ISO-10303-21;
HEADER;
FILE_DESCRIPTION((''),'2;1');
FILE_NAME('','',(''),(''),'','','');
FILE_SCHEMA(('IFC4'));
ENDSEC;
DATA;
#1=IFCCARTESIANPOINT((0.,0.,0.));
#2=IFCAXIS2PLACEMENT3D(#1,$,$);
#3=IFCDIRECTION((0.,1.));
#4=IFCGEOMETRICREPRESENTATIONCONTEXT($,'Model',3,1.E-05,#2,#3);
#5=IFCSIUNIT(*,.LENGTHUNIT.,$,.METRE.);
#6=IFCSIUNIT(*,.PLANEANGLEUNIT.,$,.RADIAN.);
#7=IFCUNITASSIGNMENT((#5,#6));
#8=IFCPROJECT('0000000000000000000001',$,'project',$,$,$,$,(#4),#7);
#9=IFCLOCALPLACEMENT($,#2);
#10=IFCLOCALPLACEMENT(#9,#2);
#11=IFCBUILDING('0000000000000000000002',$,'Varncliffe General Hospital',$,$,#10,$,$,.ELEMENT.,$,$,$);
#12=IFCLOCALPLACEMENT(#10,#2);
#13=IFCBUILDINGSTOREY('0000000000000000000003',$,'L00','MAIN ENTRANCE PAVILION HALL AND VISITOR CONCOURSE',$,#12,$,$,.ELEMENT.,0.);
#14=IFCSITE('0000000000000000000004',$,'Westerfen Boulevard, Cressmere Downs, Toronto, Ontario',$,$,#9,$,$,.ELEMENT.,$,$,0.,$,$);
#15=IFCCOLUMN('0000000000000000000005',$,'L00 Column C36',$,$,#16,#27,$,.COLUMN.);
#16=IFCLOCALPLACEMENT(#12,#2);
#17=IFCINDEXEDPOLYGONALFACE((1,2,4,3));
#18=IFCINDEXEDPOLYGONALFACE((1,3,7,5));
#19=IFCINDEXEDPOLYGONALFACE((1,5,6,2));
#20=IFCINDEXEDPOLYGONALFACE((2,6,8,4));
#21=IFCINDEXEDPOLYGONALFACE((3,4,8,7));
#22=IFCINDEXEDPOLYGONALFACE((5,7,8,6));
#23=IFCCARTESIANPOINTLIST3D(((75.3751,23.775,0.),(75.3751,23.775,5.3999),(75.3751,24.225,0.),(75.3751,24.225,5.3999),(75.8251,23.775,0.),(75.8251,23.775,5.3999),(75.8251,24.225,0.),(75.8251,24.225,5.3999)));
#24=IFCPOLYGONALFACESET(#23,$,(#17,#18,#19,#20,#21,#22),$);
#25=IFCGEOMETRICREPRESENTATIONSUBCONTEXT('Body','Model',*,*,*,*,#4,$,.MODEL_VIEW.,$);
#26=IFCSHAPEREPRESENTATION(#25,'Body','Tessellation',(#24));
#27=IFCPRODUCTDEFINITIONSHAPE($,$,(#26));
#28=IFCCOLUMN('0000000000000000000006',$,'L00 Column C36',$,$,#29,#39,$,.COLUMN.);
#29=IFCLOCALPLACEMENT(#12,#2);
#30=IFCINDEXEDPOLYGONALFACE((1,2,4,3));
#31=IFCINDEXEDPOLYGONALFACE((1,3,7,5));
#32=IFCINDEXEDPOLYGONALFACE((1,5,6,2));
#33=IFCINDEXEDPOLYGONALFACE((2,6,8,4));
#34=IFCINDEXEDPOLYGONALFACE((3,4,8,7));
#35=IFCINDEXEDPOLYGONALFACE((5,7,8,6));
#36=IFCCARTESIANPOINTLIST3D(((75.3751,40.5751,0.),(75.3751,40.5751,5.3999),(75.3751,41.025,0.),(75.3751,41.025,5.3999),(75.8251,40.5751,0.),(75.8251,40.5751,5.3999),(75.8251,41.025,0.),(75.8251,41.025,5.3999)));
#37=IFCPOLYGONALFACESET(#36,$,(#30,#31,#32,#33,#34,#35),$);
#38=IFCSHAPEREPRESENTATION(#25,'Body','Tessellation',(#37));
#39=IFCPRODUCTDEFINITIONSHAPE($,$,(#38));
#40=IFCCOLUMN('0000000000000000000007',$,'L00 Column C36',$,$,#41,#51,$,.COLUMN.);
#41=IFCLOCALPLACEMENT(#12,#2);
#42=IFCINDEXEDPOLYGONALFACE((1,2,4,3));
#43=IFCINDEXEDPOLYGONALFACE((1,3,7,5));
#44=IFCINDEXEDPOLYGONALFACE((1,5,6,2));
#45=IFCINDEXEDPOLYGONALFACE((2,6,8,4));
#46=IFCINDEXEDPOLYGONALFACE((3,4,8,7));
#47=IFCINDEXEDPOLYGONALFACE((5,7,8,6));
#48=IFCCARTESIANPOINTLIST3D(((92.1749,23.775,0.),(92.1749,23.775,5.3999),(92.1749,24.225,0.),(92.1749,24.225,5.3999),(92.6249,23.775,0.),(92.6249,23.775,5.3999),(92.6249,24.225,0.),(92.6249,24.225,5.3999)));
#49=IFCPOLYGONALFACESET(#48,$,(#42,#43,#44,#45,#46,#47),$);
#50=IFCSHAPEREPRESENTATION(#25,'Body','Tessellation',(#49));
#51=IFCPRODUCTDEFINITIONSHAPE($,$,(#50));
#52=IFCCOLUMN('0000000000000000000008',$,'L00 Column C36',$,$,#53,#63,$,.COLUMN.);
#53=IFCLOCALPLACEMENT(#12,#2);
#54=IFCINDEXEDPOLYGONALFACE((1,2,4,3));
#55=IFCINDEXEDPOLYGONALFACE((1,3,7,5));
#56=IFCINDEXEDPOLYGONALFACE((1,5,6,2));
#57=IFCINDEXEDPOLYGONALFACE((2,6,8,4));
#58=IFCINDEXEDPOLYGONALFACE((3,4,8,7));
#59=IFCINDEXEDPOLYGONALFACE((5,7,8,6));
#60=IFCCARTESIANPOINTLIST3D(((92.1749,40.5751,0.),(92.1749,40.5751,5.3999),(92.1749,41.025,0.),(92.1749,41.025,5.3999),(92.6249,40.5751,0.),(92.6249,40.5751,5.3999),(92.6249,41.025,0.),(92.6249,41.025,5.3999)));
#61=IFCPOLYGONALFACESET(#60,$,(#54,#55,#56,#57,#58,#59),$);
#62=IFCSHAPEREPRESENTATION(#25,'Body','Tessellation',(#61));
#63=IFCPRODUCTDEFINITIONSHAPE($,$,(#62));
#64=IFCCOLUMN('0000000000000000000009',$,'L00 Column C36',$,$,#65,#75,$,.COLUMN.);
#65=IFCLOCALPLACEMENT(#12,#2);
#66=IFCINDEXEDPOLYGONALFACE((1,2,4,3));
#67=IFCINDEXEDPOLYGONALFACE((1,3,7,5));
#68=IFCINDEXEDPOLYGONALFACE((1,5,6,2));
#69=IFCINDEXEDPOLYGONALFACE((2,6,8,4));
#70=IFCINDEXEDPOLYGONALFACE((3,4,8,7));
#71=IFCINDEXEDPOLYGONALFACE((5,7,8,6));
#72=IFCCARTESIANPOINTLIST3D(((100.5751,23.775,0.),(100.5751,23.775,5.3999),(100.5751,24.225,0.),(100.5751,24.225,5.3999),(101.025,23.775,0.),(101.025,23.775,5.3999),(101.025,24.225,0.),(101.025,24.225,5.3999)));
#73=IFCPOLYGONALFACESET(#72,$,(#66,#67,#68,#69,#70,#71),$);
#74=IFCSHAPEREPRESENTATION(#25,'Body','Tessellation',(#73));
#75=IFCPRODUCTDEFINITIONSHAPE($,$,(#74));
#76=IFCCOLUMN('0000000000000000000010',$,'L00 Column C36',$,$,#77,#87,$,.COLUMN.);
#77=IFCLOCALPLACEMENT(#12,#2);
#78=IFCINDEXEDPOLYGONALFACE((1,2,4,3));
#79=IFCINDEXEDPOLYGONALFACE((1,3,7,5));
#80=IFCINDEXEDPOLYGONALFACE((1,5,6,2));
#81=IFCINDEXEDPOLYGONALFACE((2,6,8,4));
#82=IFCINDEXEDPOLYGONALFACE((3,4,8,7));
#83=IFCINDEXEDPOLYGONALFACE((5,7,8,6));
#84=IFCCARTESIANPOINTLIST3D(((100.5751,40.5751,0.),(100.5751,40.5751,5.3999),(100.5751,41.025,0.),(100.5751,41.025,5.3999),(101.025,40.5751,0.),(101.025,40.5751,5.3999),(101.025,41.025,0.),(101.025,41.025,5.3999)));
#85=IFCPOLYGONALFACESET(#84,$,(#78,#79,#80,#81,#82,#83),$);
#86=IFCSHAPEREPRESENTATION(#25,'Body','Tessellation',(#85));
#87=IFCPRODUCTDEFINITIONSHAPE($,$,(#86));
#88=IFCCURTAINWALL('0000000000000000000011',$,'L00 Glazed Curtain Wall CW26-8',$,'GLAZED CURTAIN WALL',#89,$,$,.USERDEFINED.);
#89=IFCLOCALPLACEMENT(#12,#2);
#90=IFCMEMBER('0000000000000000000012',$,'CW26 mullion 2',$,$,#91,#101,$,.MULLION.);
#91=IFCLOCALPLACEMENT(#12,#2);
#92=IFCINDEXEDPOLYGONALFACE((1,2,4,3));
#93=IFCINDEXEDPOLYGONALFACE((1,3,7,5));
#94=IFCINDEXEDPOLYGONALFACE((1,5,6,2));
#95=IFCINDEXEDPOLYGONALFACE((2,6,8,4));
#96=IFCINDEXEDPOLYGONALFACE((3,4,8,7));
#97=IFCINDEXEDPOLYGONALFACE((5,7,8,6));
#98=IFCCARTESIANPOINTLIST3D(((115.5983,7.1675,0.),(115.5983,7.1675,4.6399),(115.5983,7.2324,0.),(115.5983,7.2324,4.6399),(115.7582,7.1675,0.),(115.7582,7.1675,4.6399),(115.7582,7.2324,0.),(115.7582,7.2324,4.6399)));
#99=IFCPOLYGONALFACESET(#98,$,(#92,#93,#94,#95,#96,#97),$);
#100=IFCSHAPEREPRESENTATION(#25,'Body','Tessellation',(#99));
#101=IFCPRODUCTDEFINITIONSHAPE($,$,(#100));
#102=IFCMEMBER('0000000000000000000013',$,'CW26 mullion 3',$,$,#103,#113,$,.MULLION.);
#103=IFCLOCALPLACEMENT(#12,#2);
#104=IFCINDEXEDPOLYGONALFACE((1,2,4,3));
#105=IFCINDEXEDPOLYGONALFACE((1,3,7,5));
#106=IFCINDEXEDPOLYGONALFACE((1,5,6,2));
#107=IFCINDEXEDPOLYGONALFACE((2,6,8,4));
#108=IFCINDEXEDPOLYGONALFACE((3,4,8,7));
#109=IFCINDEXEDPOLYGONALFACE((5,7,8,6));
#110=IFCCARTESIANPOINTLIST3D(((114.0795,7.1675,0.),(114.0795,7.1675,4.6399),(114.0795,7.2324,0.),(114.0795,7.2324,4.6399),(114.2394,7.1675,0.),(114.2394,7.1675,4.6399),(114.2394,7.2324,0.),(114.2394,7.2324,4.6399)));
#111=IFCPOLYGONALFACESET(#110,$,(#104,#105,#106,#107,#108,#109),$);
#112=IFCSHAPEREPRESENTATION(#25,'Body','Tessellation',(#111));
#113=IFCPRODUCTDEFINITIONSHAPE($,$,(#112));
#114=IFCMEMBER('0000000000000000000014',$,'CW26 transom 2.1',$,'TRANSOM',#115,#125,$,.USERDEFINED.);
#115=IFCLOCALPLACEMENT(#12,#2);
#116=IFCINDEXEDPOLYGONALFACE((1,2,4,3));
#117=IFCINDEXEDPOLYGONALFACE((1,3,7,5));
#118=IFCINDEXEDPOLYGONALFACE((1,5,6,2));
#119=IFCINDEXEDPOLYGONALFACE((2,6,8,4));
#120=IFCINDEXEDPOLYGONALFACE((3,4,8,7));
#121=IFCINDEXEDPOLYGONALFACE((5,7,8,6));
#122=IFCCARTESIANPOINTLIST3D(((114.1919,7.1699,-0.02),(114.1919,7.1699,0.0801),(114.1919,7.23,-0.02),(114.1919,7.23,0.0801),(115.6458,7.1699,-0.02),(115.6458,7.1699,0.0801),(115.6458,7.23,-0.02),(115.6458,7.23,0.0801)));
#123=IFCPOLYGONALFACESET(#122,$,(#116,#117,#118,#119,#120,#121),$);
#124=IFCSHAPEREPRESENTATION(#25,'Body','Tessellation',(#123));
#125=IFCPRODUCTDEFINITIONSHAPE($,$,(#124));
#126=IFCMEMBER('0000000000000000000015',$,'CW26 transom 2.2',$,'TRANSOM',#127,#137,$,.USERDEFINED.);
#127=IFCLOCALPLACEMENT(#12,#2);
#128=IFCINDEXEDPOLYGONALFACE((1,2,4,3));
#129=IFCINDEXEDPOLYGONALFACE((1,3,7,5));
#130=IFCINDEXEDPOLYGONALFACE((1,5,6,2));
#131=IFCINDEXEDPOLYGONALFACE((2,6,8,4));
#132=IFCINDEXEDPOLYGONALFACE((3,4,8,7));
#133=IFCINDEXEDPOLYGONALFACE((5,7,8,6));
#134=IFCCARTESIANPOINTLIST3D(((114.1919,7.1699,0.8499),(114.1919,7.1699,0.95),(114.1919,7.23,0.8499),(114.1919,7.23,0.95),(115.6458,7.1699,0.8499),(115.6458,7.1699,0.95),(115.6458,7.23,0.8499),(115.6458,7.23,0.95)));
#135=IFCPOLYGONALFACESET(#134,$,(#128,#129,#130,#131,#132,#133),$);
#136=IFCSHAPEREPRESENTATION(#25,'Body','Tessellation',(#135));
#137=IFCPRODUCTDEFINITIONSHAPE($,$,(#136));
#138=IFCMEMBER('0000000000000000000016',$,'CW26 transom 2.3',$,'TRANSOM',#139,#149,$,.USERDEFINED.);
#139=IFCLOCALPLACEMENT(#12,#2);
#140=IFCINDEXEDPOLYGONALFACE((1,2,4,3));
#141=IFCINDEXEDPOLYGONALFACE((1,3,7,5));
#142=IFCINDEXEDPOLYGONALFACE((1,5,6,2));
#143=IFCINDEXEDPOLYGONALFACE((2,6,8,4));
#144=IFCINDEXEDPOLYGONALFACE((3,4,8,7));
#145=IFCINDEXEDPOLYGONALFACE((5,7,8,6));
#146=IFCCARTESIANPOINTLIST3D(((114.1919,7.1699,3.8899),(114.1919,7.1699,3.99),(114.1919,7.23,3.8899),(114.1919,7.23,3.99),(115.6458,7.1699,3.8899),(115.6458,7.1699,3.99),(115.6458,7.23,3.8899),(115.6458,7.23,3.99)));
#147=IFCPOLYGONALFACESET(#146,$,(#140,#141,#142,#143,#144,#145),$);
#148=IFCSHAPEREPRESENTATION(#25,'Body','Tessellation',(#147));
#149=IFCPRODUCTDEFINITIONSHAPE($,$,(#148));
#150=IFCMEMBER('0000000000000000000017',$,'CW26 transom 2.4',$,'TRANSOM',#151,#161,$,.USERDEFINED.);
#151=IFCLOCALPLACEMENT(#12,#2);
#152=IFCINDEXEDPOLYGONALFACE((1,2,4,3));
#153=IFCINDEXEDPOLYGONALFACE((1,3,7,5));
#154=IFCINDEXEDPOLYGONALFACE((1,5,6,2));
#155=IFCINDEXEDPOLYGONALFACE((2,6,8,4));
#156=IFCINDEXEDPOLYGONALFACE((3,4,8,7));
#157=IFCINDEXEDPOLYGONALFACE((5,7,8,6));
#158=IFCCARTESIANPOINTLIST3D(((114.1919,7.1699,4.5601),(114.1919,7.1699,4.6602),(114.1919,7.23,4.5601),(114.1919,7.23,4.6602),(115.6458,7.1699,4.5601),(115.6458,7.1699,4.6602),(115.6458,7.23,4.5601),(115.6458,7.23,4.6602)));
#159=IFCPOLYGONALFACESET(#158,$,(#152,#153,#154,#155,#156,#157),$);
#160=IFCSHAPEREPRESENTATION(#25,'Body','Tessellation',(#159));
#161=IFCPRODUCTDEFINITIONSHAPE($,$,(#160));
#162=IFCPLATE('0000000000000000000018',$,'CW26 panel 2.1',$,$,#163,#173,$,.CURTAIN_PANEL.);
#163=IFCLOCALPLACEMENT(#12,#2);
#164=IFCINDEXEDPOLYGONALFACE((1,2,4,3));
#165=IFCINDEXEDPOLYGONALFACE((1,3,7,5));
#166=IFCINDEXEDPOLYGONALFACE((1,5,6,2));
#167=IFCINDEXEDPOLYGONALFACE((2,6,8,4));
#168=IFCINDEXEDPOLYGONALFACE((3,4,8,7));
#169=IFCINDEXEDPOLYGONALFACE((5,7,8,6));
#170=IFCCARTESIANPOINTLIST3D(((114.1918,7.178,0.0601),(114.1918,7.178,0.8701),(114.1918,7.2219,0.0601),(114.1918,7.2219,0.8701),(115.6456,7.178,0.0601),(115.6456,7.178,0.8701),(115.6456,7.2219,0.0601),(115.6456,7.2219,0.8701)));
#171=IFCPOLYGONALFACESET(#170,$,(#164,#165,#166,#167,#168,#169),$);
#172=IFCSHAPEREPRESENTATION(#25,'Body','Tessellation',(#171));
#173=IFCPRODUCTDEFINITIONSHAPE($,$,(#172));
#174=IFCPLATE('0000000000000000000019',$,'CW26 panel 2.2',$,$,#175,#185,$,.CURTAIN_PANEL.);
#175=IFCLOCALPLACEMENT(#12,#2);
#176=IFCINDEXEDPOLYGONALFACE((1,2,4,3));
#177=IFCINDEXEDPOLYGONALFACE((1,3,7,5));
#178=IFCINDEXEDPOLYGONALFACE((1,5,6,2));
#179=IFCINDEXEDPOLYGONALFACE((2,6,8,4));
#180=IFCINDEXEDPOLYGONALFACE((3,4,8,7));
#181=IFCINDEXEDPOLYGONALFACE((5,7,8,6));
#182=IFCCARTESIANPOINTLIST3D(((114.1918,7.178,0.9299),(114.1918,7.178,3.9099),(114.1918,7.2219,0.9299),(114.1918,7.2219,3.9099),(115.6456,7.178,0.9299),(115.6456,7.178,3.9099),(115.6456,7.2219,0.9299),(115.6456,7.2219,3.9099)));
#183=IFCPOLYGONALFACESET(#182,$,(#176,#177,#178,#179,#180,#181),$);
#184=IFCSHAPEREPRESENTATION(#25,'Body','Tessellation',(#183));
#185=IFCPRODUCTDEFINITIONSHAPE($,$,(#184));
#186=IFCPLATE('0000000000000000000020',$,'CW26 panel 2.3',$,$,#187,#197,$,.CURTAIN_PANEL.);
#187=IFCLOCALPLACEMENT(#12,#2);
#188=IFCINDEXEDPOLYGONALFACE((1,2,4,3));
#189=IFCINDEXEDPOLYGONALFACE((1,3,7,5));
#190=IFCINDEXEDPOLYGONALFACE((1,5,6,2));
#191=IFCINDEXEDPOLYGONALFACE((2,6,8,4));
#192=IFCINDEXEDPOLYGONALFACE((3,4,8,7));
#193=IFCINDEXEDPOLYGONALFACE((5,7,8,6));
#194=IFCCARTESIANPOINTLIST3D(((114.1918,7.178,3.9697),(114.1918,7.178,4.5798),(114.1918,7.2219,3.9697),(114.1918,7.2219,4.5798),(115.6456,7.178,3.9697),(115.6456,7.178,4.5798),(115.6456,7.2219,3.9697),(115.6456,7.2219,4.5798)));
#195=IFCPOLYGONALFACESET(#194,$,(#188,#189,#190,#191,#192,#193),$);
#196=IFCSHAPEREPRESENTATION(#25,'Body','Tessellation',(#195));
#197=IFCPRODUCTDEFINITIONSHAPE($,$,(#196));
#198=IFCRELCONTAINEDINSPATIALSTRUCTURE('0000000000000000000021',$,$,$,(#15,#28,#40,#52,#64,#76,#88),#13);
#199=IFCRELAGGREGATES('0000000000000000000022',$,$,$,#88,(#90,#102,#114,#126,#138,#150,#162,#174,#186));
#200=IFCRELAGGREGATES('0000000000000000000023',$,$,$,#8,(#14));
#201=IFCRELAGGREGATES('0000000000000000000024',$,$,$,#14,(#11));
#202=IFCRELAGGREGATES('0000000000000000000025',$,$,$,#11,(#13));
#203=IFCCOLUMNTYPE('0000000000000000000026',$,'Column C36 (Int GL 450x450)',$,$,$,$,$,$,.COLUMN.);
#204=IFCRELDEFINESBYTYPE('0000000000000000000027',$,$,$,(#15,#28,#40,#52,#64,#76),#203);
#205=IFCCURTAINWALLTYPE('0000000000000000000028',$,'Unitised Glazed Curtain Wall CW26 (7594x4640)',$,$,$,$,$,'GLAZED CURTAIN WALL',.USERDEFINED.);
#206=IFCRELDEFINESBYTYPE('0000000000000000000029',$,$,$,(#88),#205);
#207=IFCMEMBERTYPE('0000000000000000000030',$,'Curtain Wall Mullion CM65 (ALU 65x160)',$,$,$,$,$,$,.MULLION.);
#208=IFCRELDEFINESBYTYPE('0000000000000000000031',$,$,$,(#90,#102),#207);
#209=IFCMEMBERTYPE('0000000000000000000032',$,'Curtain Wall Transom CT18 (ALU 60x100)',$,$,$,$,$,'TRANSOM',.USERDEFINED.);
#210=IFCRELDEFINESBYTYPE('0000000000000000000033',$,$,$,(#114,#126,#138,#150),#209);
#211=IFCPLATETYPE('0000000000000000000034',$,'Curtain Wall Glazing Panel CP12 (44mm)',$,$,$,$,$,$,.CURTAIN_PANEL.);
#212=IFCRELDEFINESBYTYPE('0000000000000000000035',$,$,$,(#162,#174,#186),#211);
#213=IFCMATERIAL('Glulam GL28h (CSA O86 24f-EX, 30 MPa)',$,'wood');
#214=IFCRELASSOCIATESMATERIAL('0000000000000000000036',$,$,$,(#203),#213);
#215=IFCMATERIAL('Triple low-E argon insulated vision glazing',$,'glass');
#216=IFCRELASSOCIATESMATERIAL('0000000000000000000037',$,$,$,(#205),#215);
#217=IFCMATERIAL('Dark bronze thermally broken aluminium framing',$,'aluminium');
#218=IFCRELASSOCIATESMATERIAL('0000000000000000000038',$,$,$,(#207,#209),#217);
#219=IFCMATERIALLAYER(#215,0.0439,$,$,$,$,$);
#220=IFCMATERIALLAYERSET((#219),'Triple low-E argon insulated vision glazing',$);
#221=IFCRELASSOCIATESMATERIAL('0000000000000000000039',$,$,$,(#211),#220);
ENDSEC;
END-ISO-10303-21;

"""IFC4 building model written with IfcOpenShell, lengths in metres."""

from ifc_helpers import new_model, si_unit, direction, frame, origin, origin_2d, place, context, subcontext, project, spatial, rectangle, extrude, material, layer, layer_set, material_profile, profile_set, type_object, element, aggregate, save


model = new_model("IFC4")

# Units and contexts
model_context = context("Model", 3, precision=1e-05, world=origin(), true_north=direction((0.0, 1.0)))
body_context = subcontext(model_context, "Body", "Model", "MODEL_VIEW")
ifc_project = project(units=[si_unit("LENGTHUNIT", "METRE"), si_unit("PLANEANGLEUNIT", "RADIAN")], contexts=[model_context])

# Site, building, storey
site_placement = place(None, origin())
site = spatial("IfcSite", under=ifc_project, at=site_placement, Name="Westerfen Boulevard, Cressmere Downs, Toronto, Ontario", CompositionType="ELEMENT", RefElevation=0.0)
building_placement = place(site_placement, origin())
building = spatial("IfcBuilding", under=site, at=building_placement, Name="Varncliffe General Hospital", CompositionType="ELEMENT")
storey_placement = place(building_placement, origin())
storey = spatial("IfcBuildingStorey", under=building, at=storey_placement, Name="L00", Description="MAIN ENTRANCE PAVILION HALL AND VISITOR CONCOURSE", CompositionType="ELEMENT", Elevation=0.0)

# Columns
ifc_material_1 = material(Name="Glulam GL28h (CSA O86 24f-EX, 30 MPa)", Category="wood")
ifc_material_profile_1 = material_profile(ifc_material_1, rectangle(XDim=0.45, YDim=0.45, at=origin_2d()), Name="GL 450x450")
ifc_profile_set_1 = profile_set([ifc_material_profile_1], Name="Glulam GL28h (CSA O86 24f-EX, 30 MPa)")
column_type = type_object("IfcColumnType", Name="Column C36 (Int GL 450x450)", PredefinedType="COLUMN", material=ifc_profile_set_1)
for number, where, z_axis, x_axis, name in (
    (1, (75.6001, 24.0, 0.0), (0.0, 0.0, 1.0), (1.0, 0.0, 0.0), "L00 Column C36"),
    (2, (75.6001, 40.8, 0.0), (0.0, 0.0, 1.0), (1.0, 0.0, 0.0), "L00 Column C36"),
    (3, (92.3999, 24.0, 0.0), (0.0, 0.0, 1.0), (1.0, 0.0, 0.0), "L00 Column C36"),
    (4, (92.3999, 40.8, 0.0), (0.0, 0.0, 1.0), (1.0, 0.0, 0.0), "L00 Column C36"),
    (5, (100.8, 24.0, 0.0), (0.0, 0.0, 1.0), (1.0, 0.0, 0.0), "L00 Column C36"),
    (6, (100.8, 40.8, 0.0), (0.0, 0.0, 1.0), (1.0, 0.0, 0.0), "L00 Column C36"),
):
    element("IfcColumn", number, at=place(storey_placement, frame(where, z_axis=z_axis, x_axis=x_axis)), inside=storey, type_object=column_type, Name=name, PredefinedType="COLUMN", context=body_context, shape_type="SweptSolid", body=[
        extrude(rectangle(XDim=0.45, YDim=0.45, at=origin_2d()), origin(), (0.0, 0.0, 1.0), 5.3999),
    ])

# Curtain wall, members, plates
ifc_material_2 = material(Name="Triple low-E argon insulated vision glazing", Category="glass")
curtain_wall_type = type_object("IfcCurtainWallType", Name="Unitised Glazed Curtain Wall CW26 (7594x4640)", ElementType="GLAZED CURTAIN WALL", PredefinedType="USERDEFINED", material=ifc_material_2)
curtain_wall_placement = place(storey_placement, origin())
curtain_wall = element("IfcCurtainWall", 7, at=curtain_wall_placement, inside=storey, type_object=curtain_wall_type, Name="L00 Glazed Curtain Wall CW26-8", ObjectType="GLAZED CURTAIN WALL", PredefinedType="USERDEFINED")
ifc_material_3 = material(Name="Dark bronze thermally broken aluminium framing", Category="aluminium")
ifc_material_profile_2 = material_profile(ifc_material_3, rectangle(XDim=0.0649, YDim=0.1599, at=origin_2d()), Name="ALU 65x160")
ifc_profile_set_2 = profile_set([ifc_material_profile_2], Name="Dark bronze thermally broken aluminium framing")
member_type_1 = type_object("IfcMemberType", Name="Curtain Wall Mullion CM65 (ALU 65x160)", PredefinedType="MULLION", material=ifc_profile_set_2)
member_1_placement = place(storey_placement, frame((115.6782, 7.2, 0.0), z_axis=(0.0, 0.0, 1.0), x_axis=(0.0, -1.0, 0.0)))
member_1 = element("IfcMember", 8, at=member_1_placement, type_object=member_type_1, Name="CW26 mullion 2", PredefinedType="MULLION", context=body_context, shape_type="SweptSolid", body=[
    extrude(rectangle(XDim=0.0649, YDim=0.1599, at=origin_2d()), origin(), (0.0, 0.0, 1.0), 4.6399),
])
member_2_placement = place(storey_placement, frame((114.1594, 7.2, 0.0), z_axis=(0.0, 0.0, 1.0), x_axis=(0.0, -1.0, 0.0)))
member_2 = element("IfcMember", 9, at=member_2_placement, type_object=member_type_1, Name="CW26 mullion 3", PredefinedType="MULLION", context=body_context, shape_type="SweptSolid", body=[
    extrude(rectangle(XDim=0.0649, YDim=0.1599, at=origin_2d()), origin(), (0.0, 0.0, 1.0), 4.6399),
])
ifc_material_profile_3 = material_profile(ifc_material_3, rectangle(XDim=0.0601, YDim=0.1001, at=origin_2d()), Name="ALU 60x100")
ifc_profile_set_3 = profile_set([ifc_material_profile_3], Name="Dark bronze thermally broken aluminium framing")
member_type_2 = type_object("IfcMemberType", Name="Curtain Wall Transom CT18 (ALU 60x100)", ElementType="TRANSOM", PredefinedType="USERDEFINED", material=ifc_profile_set_3)
member_3_placement = place(storey_placement, frame((115.6458, 7.2, 0.03), z_axis=(-1.0, 0.0, 0.0), x_axis=(0.0, -1.0, 0.0)))
member_3 = element("IfcMember", 10, at=member_3_placement, type_object=member_type_2, Name="CW26 transom 2.1", ObjectType="TRANSOM", PredefinedType="USERDEFINED", context=body_context, shape_type="SweptSolid", body=[
    extrude(rectangle(XDim=0.0601, YDim=0.1001, at=origin_2d()), origin(), (0.0, 0.0, 1.0), 1.4539),
])
member_4_placement = place(storey_placement, frame((115.6458, 7.2, 0.8999), z_axis=(-1.0, 0.0, 0.0), x_axis=(0.0, -1.0, 0.0)))
member_4 = element("IfcMember", 11, at=member_4_placement, type_object=member_type_2, Name="CW26 transom 2.2", ObjectType="TRANSOM", PredefinedType="USERDEFINED", context=body_context, shape_type="SweptSolid", body=[
    extrude(rectangle(XDim=0.0601, YDim=0.1001, at=origin_2d()), origin(), (0.0, 0.0, 1.0), 1.4539),
])
member_5_placement = place(storey_placement, frame((115.6458, 7.2, 3.9399), z_axis=(-1.0, 0.0, 0.0), x_axis=(0.0, -1.0, 0.0)))
member_5 = element("IfcMember", 12, at=member_5_placement, type_object=member_type_2, Name="CW26 transom 2.3", ObjectType="TRANSOM", PredefinedType="USERDEFINED", context=body_context, shape_type="SweptSolid", body=[
    extrude(rectangle(XDim=0.0601, YDim=0.1001, at=origin_2d()), origin(), (0.0, 0.0, 1.0), 1.4539),
])
member_6_placement = place(storey_placement, frame((115.6458, 7.2, 4.6101), z_axis=(-1.0, 0.0, 0.0), x_axis=(0.0, -1.0, 0.0)))
member_6 = element("IfcMember", 13, at=member_6_placement, type_object=member_type_2, Name="CW26 transom 2.4", ObjectType="TRANSOM", PredefinedType="USERDEFINED", context=body_context, shape_type="SweptSolid", body=[
    extrude(rectangle(XDim=0.0601, YDim=0.1001, at=origin_2d()), origin(), (0.0, 0.0, 1.0), 1.4539),
])
ifc_layer_1 = layer(ifc_material_2, 0.0439)
ifc_layer_set_1 = layer_set([ifc_layer_1], Name="Triple low-E argon insulated vision glazing")
plate_type = type_object("IfcPlateType", Name="Curtain Wall Glazing Panel CP12 (44mm)", PredefinedType="CURTAIN_PANEL", material=ifc_layer_set_1)
plate_1_placement = place(storey_placement, frame((114.9187, 7.2, 0.0601), z_axis=(0.0, 0.0, 1.0), x_axis=(-1.0, 0.0, 0.0)))
plate_1 = element("IfcPlate", 14, at=plate_1_placement, type_object=plate_type, Name="CW26 panel 2.1", PredefinedType="CURTAIN_PANEL", context=body_context, shape_type="SweptSolid", body=[
    extrude(rectangle(XDim=1.4539, YDim=0.0439, at=origin_2d()), origin(), (0.0, 0.0, 1.0), 0.8101),
])
plate_2_placement = place(storey_placement, frame((114.9187, 7.2, 0.9299), z_axis=(0.0, 0.0, 1.0), x_axis=(-1.0, 0.0, 0.0)))
plate_2 = element("IfcPlate", 15, at=plate_2_placement, type_object=plate_type, Name="CW26 panel 2.2", PredefinedType="CURTAIN_PANEL", context=body_context, shape_type="SweptSolid", body=[
    extrude(rectangle(XDim=1.4539, YDim=0.0439, at=origin_2d()), origin(), (0.0, 0.0, 1.0), 2.98),
])
plate_3_placement = place(storey_placement, frame((114.9187, 7.2, 3.9697), z_axis=(0.0, 0.0, 1.0), x_axis=(-1.0, 0.0, 0.0)))
plate_3 = element("IfcPlate", 16, at=plate_3_placement, type_object=plate_type, Name="CW26 panel 2.3", PredefinedType="CURTAIN_PANEL", context=body_context, shape_type="SweptSolid", body=[
    extrude(rectangle(XDim=1.4539, YDim=0.0439, at=origin_2d()), origin(), (0.0, 0.0, 1.0), 0.6101),
])
aggregate(curtain_wall, [member_1, member_2, member_3, member_4, member_5, member_6, plate_1, plate_2, plate_3])

save(model, "model.ifc")
